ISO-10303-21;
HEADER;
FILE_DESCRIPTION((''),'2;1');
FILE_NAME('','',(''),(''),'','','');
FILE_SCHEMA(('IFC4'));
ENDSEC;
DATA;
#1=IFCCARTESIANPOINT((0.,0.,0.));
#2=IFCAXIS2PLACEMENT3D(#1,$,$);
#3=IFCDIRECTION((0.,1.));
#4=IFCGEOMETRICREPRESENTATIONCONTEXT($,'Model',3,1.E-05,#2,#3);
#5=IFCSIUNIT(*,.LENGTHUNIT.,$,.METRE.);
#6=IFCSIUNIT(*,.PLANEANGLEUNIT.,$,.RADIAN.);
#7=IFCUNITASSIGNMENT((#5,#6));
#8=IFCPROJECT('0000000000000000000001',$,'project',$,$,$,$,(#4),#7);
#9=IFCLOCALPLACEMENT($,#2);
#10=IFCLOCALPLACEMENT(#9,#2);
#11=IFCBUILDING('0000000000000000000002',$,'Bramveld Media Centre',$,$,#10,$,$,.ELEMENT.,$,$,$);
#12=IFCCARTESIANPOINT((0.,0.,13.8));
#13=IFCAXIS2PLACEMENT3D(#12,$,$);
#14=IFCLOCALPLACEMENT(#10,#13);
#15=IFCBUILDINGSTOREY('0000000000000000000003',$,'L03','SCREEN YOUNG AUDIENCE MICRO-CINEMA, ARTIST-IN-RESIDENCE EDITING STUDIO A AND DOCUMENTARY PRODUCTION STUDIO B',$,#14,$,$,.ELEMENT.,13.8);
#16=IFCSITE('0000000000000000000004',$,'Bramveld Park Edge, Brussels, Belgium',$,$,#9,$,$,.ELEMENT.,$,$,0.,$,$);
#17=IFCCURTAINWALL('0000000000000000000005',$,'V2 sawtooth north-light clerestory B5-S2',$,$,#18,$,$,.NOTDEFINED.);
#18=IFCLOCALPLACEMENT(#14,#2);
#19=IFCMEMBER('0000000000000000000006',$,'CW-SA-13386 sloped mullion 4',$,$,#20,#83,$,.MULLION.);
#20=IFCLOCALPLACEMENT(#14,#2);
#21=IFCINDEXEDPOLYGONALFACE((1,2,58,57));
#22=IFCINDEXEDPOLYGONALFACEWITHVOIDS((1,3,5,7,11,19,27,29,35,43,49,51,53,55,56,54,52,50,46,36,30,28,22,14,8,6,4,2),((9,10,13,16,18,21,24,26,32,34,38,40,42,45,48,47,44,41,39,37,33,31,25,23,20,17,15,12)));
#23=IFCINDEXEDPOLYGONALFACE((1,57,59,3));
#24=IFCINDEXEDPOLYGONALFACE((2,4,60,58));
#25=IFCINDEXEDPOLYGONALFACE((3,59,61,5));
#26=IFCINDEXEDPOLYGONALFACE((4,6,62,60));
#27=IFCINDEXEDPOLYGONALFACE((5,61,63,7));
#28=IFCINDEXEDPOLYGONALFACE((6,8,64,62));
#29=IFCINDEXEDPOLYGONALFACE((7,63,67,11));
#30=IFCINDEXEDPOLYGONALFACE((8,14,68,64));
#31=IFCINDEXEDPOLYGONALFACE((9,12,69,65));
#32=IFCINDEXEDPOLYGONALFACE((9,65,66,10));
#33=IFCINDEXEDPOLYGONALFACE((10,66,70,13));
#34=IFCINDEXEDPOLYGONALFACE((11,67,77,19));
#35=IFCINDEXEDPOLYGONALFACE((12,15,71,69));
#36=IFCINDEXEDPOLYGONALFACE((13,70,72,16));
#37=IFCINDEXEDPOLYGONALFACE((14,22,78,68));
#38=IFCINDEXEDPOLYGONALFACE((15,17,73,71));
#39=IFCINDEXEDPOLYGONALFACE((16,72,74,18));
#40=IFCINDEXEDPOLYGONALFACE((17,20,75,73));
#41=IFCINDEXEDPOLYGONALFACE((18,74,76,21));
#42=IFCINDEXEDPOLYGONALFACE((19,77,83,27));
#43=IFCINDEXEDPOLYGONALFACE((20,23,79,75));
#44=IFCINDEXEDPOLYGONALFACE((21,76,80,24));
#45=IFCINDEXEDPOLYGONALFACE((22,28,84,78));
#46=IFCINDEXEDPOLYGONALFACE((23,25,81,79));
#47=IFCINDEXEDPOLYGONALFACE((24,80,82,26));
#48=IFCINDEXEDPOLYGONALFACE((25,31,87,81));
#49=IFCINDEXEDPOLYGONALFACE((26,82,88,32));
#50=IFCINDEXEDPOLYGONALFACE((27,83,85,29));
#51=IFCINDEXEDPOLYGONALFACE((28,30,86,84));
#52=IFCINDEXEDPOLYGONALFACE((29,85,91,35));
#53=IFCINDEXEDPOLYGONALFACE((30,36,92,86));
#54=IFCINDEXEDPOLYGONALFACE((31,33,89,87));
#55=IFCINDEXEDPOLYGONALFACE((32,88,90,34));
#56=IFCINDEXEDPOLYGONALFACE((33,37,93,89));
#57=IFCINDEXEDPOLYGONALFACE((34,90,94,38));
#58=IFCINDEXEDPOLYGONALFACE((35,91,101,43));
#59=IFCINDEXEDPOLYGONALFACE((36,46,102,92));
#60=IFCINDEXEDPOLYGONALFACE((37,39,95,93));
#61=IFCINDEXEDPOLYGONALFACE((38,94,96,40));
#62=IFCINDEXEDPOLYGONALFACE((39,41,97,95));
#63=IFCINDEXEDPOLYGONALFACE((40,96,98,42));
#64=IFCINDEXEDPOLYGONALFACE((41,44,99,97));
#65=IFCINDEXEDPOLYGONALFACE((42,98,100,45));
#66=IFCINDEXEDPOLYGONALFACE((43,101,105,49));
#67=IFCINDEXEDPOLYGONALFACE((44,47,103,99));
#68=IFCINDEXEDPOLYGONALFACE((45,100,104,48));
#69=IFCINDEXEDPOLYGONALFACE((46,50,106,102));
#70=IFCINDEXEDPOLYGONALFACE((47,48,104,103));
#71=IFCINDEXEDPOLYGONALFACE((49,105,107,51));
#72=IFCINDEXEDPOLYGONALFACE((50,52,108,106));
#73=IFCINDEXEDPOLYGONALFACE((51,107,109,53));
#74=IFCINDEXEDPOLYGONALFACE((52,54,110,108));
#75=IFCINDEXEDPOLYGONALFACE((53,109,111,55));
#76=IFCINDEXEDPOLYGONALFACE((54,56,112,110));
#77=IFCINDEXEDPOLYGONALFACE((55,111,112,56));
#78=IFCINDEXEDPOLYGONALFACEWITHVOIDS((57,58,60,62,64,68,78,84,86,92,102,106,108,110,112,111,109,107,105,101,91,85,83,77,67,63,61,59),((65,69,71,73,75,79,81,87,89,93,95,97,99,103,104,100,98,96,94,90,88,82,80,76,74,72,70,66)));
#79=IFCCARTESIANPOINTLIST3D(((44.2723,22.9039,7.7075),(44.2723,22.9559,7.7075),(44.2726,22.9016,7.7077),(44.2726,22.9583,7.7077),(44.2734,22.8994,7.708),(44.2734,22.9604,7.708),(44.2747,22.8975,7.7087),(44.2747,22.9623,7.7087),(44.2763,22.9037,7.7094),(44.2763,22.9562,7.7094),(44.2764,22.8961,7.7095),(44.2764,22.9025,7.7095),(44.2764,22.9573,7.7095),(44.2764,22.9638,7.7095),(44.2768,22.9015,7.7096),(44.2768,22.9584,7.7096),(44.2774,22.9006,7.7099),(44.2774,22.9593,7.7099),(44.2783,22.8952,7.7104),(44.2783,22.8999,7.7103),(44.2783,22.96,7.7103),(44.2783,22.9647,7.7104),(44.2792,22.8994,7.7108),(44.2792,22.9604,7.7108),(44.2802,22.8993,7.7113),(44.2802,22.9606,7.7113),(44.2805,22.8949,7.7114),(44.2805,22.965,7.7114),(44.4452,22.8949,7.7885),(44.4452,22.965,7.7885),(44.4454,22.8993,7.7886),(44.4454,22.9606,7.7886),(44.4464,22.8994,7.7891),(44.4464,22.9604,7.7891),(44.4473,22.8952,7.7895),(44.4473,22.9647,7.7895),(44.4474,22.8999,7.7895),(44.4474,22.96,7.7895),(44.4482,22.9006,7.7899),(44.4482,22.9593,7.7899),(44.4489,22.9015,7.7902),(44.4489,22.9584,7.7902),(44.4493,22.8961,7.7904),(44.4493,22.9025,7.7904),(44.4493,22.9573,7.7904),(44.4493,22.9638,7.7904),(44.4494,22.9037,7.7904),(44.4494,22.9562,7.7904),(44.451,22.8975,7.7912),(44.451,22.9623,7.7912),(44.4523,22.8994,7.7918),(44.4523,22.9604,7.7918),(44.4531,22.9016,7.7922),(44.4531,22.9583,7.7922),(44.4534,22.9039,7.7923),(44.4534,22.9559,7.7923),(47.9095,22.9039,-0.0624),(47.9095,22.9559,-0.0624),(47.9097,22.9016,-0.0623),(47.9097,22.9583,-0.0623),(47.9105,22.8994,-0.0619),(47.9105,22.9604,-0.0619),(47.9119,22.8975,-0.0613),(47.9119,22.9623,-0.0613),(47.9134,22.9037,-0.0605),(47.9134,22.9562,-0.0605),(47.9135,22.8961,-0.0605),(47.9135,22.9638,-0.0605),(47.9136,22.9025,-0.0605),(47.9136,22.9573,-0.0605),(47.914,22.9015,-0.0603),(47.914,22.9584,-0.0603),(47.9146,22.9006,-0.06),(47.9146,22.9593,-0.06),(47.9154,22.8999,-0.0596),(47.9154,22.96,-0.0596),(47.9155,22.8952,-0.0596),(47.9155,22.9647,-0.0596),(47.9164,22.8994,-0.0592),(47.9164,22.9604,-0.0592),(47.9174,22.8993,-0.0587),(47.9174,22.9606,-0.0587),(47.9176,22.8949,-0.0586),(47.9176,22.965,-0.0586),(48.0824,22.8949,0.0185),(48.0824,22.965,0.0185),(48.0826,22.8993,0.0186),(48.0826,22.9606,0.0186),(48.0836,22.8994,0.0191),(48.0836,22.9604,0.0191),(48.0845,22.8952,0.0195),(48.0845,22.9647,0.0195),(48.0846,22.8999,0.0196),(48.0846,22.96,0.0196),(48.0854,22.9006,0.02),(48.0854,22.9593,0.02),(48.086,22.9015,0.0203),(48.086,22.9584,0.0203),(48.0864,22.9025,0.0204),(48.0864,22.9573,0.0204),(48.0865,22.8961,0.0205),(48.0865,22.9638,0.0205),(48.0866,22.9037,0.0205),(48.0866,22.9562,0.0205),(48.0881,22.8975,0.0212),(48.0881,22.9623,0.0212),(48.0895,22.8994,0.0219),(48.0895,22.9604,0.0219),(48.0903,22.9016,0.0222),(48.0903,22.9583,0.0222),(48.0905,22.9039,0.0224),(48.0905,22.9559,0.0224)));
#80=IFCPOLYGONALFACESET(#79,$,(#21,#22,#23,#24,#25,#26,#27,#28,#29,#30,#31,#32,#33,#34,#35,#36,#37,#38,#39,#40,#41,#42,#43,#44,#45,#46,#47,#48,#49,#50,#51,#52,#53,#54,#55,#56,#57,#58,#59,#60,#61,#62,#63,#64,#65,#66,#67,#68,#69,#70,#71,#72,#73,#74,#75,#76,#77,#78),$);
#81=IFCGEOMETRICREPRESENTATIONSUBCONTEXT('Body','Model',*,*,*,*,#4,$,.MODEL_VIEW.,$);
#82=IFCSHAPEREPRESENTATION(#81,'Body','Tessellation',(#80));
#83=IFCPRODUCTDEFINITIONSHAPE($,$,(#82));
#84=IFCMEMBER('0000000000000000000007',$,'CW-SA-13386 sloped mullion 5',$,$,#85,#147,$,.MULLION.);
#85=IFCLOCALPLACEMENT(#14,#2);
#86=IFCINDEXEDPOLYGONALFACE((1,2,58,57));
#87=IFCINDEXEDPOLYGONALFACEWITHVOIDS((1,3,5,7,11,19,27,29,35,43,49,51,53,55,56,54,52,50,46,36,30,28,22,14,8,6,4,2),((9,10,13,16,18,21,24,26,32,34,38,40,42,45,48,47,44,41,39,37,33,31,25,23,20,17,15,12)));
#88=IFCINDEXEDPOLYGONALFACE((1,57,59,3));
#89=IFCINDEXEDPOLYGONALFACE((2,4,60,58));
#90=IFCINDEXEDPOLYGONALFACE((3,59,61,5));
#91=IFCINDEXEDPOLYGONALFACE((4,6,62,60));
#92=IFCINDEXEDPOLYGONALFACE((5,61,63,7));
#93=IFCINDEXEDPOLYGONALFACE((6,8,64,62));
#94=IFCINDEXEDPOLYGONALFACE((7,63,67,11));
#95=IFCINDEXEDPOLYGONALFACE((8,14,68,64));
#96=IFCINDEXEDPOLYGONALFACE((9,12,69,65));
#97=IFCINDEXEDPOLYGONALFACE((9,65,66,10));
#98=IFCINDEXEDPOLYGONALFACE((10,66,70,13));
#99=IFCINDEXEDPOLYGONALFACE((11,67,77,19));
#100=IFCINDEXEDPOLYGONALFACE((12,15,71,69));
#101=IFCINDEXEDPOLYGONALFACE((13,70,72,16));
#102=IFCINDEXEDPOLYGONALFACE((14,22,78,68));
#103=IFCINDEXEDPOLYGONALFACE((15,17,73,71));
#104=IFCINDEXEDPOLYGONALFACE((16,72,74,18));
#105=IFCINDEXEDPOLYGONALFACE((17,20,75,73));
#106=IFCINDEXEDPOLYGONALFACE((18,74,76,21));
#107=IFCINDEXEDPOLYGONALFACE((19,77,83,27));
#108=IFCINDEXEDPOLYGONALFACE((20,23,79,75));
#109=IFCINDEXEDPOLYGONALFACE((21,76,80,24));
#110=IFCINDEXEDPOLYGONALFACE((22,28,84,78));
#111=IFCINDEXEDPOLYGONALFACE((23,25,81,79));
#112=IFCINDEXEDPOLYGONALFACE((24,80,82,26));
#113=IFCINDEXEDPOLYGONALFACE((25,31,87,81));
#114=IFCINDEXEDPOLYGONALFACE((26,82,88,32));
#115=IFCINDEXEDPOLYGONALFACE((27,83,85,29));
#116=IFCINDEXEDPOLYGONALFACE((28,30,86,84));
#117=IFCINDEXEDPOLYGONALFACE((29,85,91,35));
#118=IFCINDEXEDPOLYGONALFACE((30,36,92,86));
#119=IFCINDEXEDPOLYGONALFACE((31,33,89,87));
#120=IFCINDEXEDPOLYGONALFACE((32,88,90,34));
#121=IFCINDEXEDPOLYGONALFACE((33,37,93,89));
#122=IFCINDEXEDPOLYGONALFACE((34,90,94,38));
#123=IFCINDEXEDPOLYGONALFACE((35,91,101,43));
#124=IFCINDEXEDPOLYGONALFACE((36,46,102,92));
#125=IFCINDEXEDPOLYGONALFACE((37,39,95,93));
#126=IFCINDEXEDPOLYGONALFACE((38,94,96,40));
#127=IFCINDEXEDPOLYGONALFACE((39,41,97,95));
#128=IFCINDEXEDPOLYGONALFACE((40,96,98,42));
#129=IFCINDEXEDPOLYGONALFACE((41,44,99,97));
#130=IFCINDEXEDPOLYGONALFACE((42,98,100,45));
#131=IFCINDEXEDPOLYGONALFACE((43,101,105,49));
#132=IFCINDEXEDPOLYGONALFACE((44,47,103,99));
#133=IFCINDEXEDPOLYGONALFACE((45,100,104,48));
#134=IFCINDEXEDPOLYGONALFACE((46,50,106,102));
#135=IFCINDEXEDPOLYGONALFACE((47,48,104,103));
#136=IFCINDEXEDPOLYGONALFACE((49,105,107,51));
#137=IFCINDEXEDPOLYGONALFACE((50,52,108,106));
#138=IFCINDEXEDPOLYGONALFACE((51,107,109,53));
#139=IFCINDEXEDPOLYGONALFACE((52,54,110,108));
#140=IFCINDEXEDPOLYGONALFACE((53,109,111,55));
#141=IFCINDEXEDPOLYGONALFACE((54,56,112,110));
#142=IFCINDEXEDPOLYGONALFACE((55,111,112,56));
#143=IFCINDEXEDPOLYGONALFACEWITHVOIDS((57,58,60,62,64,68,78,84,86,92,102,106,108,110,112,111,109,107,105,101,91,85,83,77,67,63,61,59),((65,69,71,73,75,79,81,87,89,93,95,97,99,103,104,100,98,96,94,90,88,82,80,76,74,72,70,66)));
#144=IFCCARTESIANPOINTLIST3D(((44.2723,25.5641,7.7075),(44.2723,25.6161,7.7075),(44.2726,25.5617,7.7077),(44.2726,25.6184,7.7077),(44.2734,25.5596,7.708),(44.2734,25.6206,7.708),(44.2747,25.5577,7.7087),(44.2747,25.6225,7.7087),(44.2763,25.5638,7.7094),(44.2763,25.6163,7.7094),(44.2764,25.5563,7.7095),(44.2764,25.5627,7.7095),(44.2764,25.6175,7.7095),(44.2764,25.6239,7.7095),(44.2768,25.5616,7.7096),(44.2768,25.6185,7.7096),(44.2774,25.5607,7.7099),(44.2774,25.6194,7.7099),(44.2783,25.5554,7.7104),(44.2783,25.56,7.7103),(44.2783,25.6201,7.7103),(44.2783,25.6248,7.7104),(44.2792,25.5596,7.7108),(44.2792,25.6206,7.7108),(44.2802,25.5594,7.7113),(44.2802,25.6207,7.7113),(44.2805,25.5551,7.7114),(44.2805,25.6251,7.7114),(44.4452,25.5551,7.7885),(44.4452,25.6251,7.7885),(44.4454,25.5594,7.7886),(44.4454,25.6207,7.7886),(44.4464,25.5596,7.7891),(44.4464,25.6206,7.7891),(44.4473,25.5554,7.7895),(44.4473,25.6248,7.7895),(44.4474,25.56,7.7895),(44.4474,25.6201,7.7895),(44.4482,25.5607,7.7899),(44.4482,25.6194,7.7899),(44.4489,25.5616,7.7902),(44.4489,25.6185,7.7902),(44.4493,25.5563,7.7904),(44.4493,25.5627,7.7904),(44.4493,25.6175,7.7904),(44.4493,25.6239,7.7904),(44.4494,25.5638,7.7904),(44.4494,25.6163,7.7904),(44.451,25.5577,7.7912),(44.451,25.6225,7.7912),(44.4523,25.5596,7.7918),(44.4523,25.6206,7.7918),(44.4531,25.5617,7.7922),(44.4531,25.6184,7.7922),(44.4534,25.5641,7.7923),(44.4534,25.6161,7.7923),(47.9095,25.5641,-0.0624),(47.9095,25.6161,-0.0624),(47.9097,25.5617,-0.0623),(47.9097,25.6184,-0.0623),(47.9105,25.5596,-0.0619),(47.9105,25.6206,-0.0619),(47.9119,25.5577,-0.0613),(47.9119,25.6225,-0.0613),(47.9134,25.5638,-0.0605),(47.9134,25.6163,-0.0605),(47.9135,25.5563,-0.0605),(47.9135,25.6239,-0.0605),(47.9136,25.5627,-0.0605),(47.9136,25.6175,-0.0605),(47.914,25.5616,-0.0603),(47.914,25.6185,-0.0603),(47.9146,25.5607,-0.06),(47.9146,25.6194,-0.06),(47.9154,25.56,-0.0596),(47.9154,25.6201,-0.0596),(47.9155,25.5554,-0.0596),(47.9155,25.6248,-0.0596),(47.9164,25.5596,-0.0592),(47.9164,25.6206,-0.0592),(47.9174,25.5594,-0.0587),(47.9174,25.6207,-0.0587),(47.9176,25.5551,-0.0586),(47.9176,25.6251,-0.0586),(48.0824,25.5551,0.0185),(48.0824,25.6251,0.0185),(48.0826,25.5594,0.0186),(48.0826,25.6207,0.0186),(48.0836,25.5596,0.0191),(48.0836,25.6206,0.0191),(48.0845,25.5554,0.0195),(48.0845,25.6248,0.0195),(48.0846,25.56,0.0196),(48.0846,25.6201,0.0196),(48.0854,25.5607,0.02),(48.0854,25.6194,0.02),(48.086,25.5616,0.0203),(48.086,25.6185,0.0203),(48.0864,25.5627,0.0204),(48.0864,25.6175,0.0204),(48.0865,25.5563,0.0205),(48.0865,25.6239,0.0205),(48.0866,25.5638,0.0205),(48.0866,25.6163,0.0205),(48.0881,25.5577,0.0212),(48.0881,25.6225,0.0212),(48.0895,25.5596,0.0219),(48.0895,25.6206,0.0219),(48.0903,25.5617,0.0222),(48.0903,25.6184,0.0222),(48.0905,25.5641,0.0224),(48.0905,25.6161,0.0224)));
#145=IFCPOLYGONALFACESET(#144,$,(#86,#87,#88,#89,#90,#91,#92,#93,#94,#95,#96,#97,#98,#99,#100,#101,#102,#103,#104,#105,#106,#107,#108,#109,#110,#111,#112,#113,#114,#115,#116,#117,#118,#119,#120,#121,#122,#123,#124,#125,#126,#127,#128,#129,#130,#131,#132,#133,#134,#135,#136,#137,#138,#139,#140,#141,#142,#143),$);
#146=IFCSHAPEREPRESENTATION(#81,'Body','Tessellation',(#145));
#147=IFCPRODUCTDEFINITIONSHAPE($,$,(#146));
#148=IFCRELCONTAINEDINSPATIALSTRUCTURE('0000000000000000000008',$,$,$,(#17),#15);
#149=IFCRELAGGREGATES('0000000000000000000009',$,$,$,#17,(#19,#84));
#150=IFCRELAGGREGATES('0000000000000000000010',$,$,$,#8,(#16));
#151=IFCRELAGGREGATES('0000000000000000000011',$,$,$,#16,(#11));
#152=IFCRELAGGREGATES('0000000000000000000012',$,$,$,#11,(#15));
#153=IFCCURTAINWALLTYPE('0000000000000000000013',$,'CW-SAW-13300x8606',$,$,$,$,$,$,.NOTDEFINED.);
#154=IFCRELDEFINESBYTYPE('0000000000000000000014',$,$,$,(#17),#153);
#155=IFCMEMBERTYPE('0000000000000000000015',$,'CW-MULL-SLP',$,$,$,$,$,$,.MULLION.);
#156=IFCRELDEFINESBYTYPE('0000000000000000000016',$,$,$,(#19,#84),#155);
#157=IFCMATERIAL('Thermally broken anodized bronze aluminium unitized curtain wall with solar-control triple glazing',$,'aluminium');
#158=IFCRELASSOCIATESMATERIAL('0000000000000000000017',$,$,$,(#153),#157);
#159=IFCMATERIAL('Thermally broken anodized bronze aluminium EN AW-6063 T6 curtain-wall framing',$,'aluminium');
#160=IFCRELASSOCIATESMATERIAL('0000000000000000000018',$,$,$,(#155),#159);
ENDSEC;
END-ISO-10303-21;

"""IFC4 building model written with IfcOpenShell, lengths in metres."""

from ifc_helpers import new_model, si_unit, direction, frame, origin, origin_2d, place, context, subcontext, project, spatial, hollow_rectangle, extrude, material, material_profile, profile_set, type_object, element, aggregate, save


model = new_model("IFC4")

# Units and contexts
model_context = context("Model", 3, precision=1e-05, world=origin(), true_north=direction((0.0, 1.0)))
body_context = subcontext(model_context, "Body", "Model", "MODEL_VIEW")
ifc_project = project(units=[si_unit("LENGTHUNIT", "METRE"), si_unit("PLANEANGLEUNIT", "RADIAN")], contexts=[model_context])

# Site, building, storey
site_placement = place(None, origin())
site = spatial("IfcSite", under=ifc_project, at=site_placement, Name="Bramveld Park Edge, Brussels, Belgium", CompositionType="ELEMENT", RefElevation=0.0)
building_placement = place(site_placement, origin())
building = spatial("IfcBuilding", under=site, at=building_placement, Name="Bramveld Media Centre", CompositionType="ELEMENT")
storey_placement = place(building_placement, frame((0.0, 0.0, 13.8)))
storey = spatial("IfcBuildingStorey", under=building, at=storey_placement, Name="L03", Description="SCREEN YOUNG AUDIENCE MICRO-CINEMA, ARTIST-IN-RESIDENCE EDITING STUDIO A AND DOCUMENTARY PRODUCTION STUDIO B", CompositionType="ELEMENT", Elevation=13.8)

# Curtain wall, members
ifc_material_1 = material(Name="Thermally broken anodized bronze aluminium unitized curtain wall with solar-control triple glazing", Category="aluminium")
curtain_wall_type = type_object("IfcCurtainWallType", Name="CW-SAW-13300x8606", PredefinedType="NOTDEFINED", material=ifc_material_1)
curtain_wall_1_placement = place(storey_placement, origin())
curtain_wall_1 = element("IfcCurtainWall", 1, at=curtain_wall_1_placement, inside=storey, type_object=curtain_wall_type, Name="V2 sawtooth north-light clerestory B5-S2", PredefinedType="NOTDEFINED")
ifc_material_2 = material(Name="Thermally broken anodized bronze aluminium EN AW-6063 T6 curtain-wall framing", Category="aluminium")
ifc_material_profile_1 = material_profile(ifc_material_2, hollow_rectangle(XDim=0.0701, YDim=0.2, WallThickness=0.0044, InnerFilletRadius=0.0044, OuterFilletRadius=0.009, at=origin_2d()), Name="AL-MULL 70x200")
ifc_profile_set_1 = profile_set([ifc_material_profile_1], Name="Thermally broken anodized bronze aluminium EN AW-6063 T6 curtain-wall framing")
member_type_1 = type_object("IfcMemberType", Name="CW-MULL-SLP", PredefinedType="MULLION", material=ifc_profile_set_1)
member_1_placement = place(storey_placement, frame((48.0, 22.9299, -0.02), z_axis=(-0.423957, 0.0, 0.905682), x_axis=(0.0, -1.0, 0.0)))
member_1 = element("IfcMember", 2, at=member_1_placement, type_object=member_type_1, Name="CW-SA-13386 sloped mullion 4", PredefinedType="MULLION", context=body_context, shape_type="SweptSolid", body=[
    extrude(hollow_rectangle(XDim=0.0701, YDim=0.2, WallThickness=0.0044, InnerFilletRadius=0.0044, OuterFilletRadius=0.009, at=origin_2d()), origin(), (0.0, 0.0, 1.0), 8.5791),
])
member_2_placement = place(storey_placement, frame((48.0, 25.5901, -0.02), z_axis=(-0.423957, 0.0, 0.905682), x_axis=(0.0, -1.0, 0.0)))
member_2 = element("IfcMember", 3, at=member_2_placement, type_object=member_type_1, Name="CW-SA-13386 sloped mullion 5", PredefinedType="MULLION", context=body_context, shape_type="SweptSolid", body=[
    extrude(hollow_rectangle(XDim=0.0701, YDim=0.2, WallThickness=0.0044, InnerFilletRadius=0.0044, OuterFilletRadius=0.009, at=origin_2d()), origin(), (0.0, 0.0, 1.0), 8.5791),
])

aggregate(curtain_wall_1, [member_1, member_2])

save(model, "model.ifc")
